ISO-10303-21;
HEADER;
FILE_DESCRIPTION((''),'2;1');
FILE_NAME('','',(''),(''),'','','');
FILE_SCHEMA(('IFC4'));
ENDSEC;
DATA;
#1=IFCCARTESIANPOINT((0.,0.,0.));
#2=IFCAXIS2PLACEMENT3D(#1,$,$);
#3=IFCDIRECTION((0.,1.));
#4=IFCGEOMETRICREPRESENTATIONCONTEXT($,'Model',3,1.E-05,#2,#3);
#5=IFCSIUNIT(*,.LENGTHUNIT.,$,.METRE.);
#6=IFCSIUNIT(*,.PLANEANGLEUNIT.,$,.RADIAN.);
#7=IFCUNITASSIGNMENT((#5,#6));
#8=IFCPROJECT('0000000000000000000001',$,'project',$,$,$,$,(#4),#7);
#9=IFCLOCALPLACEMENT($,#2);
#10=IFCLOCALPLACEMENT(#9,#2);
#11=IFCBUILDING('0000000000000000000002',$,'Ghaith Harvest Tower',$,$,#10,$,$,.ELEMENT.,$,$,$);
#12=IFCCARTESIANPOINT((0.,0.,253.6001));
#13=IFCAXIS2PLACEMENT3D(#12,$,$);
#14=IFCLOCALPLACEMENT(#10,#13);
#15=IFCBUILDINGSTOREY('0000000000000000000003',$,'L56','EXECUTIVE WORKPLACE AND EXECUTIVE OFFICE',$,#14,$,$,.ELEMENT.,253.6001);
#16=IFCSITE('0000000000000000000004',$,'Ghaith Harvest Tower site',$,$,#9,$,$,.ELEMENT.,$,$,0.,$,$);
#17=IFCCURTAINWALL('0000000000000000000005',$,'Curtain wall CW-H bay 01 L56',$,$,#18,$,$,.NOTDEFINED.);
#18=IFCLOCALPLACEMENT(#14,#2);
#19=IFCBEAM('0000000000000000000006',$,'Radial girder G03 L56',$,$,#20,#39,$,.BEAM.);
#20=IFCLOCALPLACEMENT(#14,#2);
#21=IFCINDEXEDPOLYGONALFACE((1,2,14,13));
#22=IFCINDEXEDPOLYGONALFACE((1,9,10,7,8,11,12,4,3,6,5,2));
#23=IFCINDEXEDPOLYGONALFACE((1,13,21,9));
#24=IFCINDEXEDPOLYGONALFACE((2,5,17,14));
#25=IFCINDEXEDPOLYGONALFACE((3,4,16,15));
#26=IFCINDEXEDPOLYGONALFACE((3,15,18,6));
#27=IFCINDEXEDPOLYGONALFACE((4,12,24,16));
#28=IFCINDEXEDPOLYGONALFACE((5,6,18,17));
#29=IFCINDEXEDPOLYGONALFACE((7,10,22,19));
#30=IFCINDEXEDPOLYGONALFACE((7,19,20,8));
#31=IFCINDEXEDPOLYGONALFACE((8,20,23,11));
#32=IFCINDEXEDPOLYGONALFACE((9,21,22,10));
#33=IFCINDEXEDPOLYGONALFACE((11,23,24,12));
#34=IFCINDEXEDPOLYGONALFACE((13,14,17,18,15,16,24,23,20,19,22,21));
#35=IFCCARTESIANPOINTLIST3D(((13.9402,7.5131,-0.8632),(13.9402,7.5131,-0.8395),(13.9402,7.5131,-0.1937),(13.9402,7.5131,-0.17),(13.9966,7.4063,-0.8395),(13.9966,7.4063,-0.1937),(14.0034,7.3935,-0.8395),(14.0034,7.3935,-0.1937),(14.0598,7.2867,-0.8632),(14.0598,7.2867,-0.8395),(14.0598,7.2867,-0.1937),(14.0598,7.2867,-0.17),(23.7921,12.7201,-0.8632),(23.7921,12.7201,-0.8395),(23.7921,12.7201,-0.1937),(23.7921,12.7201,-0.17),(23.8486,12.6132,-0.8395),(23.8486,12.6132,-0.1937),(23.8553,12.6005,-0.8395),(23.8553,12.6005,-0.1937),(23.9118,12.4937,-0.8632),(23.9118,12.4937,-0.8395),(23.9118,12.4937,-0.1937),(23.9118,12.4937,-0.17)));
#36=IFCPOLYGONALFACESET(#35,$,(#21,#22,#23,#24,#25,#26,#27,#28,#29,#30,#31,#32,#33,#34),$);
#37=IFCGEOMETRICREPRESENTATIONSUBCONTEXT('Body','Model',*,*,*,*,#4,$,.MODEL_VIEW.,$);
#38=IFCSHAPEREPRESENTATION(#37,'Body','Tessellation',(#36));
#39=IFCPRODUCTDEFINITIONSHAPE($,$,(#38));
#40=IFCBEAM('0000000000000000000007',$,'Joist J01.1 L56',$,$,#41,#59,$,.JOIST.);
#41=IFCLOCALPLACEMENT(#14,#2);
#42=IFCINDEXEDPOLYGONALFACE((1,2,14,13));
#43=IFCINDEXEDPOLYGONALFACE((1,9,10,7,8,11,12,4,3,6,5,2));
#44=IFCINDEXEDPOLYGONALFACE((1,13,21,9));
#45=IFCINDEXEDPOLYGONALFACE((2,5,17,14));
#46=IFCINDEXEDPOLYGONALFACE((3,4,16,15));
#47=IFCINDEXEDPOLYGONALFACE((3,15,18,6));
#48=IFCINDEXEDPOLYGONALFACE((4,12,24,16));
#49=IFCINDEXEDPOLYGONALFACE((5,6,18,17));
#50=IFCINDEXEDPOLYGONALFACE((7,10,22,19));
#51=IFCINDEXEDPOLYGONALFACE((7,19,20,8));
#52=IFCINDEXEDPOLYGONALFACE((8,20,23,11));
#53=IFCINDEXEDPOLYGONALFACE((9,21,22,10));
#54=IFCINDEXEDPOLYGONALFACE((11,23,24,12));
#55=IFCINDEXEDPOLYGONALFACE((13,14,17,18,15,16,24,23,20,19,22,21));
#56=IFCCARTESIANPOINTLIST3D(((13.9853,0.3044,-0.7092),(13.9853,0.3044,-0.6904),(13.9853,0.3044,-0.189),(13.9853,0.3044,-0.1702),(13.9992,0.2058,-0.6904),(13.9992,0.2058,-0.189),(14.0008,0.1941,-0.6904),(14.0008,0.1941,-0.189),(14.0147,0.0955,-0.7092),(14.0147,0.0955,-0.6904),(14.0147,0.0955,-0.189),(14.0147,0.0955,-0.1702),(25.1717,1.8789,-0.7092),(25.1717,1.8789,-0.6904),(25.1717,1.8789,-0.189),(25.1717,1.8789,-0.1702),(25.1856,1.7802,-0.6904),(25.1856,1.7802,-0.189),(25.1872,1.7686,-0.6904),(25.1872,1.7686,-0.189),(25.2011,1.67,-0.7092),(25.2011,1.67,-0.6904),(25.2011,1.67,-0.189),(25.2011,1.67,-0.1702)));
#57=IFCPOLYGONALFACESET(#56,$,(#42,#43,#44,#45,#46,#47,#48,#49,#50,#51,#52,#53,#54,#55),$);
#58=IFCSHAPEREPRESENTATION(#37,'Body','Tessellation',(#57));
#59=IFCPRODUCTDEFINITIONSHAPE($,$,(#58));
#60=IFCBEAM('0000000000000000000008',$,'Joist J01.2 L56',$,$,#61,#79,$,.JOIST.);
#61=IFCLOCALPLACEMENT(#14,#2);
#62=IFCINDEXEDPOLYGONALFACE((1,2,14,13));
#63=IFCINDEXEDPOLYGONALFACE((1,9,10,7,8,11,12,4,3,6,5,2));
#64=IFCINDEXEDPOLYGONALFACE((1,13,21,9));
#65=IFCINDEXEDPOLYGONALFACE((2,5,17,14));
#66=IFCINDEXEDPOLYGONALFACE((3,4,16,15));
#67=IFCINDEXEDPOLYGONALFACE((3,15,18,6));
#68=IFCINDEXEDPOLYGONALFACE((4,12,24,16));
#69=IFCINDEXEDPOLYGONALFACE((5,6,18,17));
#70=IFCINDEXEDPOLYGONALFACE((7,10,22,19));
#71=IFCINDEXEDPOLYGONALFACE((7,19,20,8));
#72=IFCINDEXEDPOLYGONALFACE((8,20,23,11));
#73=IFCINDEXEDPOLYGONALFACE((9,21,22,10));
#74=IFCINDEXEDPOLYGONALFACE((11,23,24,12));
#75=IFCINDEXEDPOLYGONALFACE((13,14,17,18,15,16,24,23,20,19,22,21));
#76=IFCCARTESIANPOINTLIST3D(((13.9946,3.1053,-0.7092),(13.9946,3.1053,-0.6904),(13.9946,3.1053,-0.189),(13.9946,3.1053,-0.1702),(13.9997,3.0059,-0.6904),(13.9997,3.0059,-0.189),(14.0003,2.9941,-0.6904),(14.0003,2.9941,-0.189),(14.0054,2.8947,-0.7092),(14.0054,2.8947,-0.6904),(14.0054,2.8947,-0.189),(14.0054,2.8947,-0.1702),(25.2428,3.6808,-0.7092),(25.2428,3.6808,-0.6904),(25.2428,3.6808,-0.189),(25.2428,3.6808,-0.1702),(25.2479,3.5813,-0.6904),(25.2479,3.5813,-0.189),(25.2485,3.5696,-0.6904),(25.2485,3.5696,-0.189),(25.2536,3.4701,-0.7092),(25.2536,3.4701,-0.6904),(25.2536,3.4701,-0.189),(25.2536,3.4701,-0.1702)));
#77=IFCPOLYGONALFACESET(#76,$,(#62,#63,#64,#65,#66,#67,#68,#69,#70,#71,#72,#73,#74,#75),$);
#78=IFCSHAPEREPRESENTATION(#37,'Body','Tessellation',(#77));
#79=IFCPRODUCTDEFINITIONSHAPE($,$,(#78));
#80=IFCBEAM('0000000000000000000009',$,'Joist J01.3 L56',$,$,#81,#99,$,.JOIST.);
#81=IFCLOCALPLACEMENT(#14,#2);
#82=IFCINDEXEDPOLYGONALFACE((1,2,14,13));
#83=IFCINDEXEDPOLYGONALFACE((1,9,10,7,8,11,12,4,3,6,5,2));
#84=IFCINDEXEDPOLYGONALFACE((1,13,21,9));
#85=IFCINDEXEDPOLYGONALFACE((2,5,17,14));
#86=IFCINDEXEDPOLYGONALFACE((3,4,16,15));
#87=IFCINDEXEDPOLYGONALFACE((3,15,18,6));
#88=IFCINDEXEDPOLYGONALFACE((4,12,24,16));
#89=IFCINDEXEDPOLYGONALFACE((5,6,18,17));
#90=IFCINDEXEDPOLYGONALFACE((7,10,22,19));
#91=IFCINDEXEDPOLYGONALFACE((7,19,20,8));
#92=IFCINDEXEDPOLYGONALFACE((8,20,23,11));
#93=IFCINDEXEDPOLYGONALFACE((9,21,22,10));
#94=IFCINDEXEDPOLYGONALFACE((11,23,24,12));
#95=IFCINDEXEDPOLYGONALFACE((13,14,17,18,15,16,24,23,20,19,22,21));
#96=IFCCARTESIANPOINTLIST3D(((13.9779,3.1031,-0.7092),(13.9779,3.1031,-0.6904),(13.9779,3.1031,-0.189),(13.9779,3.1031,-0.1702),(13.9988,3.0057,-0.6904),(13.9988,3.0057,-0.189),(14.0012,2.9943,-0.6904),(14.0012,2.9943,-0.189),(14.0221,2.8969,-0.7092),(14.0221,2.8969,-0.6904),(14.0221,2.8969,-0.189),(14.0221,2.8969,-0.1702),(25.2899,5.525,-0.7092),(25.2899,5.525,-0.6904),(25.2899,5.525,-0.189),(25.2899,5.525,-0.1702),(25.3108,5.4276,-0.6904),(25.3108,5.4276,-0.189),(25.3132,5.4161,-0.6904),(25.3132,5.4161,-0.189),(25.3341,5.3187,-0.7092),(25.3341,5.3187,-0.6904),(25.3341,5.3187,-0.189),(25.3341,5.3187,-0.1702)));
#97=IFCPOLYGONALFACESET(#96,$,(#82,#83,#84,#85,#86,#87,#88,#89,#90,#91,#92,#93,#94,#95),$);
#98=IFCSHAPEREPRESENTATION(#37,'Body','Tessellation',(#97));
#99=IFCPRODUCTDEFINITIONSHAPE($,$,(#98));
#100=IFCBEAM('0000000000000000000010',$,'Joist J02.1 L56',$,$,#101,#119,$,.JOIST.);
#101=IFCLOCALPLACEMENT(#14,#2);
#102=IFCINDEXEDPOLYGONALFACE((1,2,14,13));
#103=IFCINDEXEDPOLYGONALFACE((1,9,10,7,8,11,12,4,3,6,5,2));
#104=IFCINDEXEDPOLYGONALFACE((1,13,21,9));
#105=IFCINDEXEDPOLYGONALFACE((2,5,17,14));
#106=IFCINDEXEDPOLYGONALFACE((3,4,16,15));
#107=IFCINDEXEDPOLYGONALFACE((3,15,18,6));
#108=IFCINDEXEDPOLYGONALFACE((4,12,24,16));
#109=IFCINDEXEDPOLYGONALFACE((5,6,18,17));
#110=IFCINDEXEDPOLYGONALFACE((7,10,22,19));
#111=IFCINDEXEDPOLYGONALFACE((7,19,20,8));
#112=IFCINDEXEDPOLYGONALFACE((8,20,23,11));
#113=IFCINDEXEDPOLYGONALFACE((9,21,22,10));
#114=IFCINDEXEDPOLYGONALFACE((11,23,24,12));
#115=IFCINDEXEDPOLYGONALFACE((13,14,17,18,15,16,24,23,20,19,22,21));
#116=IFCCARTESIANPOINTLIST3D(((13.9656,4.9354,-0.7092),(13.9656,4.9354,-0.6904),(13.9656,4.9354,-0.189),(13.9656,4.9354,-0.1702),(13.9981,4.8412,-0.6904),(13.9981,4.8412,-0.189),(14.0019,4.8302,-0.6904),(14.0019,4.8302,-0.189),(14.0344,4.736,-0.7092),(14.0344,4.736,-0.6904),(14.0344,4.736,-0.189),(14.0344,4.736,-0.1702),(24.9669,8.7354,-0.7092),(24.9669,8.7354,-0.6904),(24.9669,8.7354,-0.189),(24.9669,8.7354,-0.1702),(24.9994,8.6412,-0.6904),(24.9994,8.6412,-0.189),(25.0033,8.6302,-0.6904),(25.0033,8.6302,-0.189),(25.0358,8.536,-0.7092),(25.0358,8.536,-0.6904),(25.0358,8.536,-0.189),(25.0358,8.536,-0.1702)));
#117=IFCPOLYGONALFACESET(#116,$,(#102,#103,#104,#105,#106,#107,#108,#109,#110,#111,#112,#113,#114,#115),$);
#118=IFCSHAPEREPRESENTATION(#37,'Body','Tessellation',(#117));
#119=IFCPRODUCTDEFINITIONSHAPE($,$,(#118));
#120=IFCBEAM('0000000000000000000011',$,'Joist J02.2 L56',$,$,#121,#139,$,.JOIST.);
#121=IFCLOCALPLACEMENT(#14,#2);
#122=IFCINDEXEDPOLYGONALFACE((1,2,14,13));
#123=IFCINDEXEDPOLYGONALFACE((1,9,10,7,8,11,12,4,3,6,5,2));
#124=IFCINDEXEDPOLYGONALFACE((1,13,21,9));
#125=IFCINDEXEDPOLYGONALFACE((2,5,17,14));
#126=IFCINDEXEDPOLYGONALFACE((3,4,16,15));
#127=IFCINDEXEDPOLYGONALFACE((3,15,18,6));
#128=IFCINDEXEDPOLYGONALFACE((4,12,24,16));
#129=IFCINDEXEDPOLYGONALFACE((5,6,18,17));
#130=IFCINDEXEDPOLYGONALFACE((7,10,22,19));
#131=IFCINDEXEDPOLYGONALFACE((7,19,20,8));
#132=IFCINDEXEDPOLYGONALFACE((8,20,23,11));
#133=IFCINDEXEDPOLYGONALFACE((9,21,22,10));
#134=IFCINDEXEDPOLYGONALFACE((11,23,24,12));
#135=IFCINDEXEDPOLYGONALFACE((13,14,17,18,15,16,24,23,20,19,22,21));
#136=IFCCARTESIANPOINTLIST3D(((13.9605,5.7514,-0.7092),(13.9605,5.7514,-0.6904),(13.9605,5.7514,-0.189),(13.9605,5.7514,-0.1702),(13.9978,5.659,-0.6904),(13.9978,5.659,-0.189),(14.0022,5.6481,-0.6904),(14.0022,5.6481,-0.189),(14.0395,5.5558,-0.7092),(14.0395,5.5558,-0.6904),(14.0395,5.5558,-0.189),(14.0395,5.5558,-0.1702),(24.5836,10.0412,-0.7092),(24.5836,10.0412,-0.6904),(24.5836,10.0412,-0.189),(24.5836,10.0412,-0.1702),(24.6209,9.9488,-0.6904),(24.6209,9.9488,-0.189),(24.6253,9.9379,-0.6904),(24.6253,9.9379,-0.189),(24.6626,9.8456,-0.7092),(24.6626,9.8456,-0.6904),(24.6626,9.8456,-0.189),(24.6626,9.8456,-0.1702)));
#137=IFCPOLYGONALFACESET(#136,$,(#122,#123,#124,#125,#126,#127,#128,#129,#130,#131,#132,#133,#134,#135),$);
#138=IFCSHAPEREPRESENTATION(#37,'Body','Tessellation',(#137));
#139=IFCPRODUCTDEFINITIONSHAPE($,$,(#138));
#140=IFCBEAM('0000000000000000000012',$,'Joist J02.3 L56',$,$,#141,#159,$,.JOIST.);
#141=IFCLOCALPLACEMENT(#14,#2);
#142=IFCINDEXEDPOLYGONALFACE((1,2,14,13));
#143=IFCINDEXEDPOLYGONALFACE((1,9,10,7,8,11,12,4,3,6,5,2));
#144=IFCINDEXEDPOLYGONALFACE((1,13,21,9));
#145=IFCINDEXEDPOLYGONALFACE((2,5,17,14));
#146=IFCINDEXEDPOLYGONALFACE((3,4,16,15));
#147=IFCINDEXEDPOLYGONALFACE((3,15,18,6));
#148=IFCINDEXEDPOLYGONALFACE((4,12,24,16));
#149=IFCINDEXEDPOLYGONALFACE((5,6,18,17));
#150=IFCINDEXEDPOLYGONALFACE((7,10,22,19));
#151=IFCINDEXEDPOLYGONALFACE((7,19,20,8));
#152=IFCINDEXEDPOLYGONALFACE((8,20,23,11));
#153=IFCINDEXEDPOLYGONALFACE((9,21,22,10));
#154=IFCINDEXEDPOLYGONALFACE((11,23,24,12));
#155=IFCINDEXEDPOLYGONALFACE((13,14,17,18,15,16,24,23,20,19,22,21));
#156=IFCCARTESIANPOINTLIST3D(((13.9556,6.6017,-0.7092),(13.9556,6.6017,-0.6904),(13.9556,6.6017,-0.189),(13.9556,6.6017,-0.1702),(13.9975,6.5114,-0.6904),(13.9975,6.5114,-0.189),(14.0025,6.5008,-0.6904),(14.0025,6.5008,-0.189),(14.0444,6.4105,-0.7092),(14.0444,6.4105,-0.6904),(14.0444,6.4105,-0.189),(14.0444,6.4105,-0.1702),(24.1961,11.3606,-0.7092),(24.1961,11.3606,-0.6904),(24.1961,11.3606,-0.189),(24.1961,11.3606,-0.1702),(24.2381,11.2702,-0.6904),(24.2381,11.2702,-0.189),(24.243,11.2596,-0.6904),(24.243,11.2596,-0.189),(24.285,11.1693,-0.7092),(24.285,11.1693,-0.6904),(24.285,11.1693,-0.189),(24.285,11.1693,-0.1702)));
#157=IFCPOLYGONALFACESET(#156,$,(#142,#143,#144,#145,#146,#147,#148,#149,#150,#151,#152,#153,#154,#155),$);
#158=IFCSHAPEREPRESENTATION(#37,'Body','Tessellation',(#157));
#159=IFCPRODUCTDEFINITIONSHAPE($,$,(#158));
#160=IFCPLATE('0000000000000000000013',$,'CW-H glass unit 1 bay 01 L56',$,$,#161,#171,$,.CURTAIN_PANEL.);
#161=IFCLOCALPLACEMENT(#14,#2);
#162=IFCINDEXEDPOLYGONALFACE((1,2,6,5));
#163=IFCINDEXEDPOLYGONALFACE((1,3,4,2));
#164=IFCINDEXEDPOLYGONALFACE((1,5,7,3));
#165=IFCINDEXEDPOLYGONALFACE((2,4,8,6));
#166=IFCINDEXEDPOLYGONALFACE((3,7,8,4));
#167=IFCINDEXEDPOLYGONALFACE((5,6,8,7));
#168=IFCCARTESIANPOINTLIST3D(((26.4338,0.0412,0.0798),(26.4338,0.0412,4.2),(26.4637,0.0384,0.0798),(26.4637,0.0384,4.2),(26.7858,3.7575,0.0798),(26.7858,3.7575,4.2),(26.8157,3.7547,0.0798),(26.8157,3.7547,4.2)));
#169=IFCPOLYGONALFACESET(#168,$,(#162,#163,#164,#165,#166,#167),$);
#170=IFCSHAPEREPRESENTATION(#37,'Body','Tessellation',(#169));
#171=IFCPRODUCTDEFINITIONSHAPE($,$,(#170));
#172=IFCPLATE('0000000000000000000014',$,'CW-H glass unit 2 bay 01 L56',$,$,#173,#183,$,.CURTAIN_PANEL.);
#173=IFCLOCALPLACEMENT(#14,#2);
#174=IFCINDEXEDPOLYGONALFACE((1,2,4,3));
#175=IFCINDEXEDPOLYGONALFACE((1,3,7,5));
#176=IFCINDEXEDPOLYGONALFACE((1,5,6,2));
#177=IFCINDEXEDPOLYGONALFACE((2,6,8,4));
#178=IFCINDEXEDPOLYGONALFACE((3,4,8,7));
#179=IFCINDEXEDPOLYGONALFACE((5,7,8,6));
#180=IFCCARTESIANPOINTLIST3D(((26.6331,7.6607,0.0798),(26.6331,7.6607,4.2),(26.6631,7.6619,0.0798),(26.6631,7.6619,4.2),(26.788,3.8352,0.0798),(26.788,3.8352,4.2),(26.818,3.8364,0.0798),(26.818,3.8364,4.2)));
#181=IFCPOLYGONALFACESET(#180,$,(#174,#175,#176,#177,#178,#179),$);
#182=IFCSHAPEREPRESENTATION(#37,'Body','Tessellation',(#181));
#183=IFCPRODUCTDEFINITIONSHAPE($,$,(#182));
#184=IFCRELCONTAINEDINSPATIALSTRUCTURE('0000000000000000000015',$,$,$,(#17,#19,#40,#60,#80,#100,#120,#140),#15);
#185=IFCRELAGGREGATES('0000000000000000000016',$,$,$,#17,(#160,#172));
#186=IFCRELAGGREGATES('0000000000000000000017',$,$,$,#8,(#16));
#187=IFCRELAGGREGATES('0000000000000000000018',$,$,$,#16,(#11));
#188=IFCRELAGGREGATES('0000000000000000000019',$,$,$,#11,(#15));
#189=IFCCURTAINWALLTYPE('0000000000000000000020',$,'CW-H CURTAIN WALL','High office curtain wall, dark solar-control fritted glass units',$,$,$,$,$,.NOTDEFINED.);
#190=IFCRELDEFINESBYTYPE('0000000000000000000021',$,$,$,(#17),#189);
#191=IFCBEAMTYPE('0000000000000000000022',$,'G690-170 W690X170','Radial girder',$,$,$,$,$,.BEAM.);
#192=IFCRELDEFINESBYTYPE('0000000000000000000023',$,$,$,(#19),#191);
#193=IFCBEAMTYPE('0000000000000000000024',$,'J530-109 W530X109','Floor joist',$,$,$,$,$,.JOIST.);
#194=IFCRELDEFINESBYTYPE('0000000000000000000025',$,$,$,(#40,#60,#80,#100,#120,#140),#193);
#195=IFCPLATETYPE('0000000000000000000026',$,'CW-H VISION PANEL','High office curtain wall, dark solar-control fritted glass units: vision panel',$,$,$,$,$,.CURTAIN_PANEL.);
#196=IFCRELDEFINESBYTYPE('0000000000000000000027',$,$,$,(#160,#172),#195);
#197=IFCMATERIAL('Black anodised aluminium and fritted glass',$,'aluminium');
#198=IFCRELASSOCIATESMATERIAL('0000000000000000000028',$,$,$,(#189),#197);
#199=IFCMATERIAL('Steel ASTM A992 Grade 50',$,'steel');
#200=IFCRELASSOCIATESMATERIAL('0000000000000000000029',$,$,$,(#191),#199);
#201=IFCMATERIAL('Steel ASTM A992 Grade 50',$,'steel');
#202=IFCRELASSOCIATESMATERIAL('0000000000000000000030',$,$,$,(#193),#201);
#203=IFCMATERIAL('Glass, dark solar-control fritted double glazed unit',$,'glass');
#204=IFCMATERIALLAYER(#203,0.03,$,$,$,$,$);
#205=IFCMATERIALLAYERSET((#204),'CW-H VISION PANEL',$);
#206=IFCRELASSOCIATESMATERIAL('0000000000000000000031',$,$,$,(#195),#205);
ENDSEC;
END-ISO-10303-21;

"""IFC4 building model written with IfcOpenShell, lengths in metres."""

from ifc_helpers import new_model, si_unit, direction, frame, origin, origin_2d, place, context, subcontext, project, spatial, rectangle, i_section, extrude, material, layer, layer_set, material_profile, profile_set, type_object, element, aggregate, save


model = new_model("IFC4")

# Units and contexts
model_context = context("Model", 3, precision=1e-05, world=origin(), true_north=direction((0.0, 1.0)))
body_context = subcontext(model_context, "Body", "Model", "MODEL_VIEW")
ifc_project = project(units=[si_unit("LENGTHUNIT", "METRE"), si_unit("PLANEANGLEUNIT", "RADIAN")], contexts=[model_context])

# Site, building, storey
site_placement = place(None, origin())
site = spatial("IfcSite", under=ifc_project, at=site_placement, Name="Ghaith Harvest Tower site", CompositionType="ELEMENT", RefElevation=0.0)
building_placement = place(site_placement, origin())
building = spatial("IfcBuilding", under=site, at=building_placement, Name="Ghaith Harvest Tower", CompositionType="ELEMENT")
storey_placement = place(building_placement, frame((0.0, 0.0, 253.6001)))
storey = spatial("IfcBuildingStorey", under=building, at=storey_placement, Name="L56", Description="EXECUTIVE WORKPLACE AND EXECUTIVE OFFICE", CompositionType="ELEMENT", Elevation=253.6001)

# Curtain wall
ifc_material_1 = material(Name="Black anodised aluminium and fritted glass", Category="aluminium")
curtain_wall_type = type_object("IfcCurtainWallType", Name="CW-H CURTAIN WALL", Description="High office curtain wall, dark solar-control fritted glass units", PredefinedType="NOTDEFINED", material=ifc_material_1)
curtain_wall_1_placement = place(storey_placement, origin())
curtain_wall_1 = element("IfcCurtainWall", 1, at=curtain_wall_1_placement, inside=storey, type_object=curtain_wall_type, Name="Curtain wall CW-H bay 01 L56", PredefinedType="NOTDEFINED")

# Beams
ifc_material_2 = material(Name="Steel ASTM A992 Grade 50", Category="steel")
ifc_material_profile_1 = material_profile(ifc_material_2, i_section(OverallWidth=0.2561, OverallDepth=0.6931, WebThickness=0.0144, FlangeThickness=0.0237, at=origin_2d()), Name="W690X170")
ifc_profile_set_1 = profile_set([ifc_material_profile_1], Name="Steel ASTM A992 Grade 50")
beam_type_1 = type_object("IfcBeamType", Name="G690-170 W690X170", Description="Radial girder", PredefinedType="BEAM", material=ifc_profile_set_1)
beam_1_placement = place(storey_placement, frame((14.0, 7.3999, -0.5166), z_axis=(0.884113, 0.467274, 0.0), x_axis=(-0.467274, 0.884113, 0.0)))
element("IfcBeam", 2, at=beam_1_placement, inside=storey, type_object=beam_type_1, Name="Radial girder G03 L56", PredefinedType="BEAM", context=body_context, shape_type="SweptSolid", body=[
    extrude(i_section(OverallWidth=0.2561, OverallDepth=0.6931, WebThickness=0.0144, FlangeThickness=0.0237, at=origin_2d()), origin(), (0.0, 0.0, 1.0), 11.1433),
])
ifc_material_3 = material(Name="Steel ASTM A992 Grade 50", Category="steel")
ifc_material_profile_2 = material_profile(ifc_material_3, i_section(OverallWidth=0.2109, OverallDepth=0.5391, WebThickness=0.0117, FlangeThickness=0.0188, at=origin_2d()), Name="W530X109")
ifc_profile_set_2 = profile_set([ifc_material_profile_2], Name="Steel ASTM A992 Grade 50")
beam_type_2 = type_object("IfcBeamType", Name="J530-109 W530X109", Description="Floor joist", PredefinedType="JOIST", material=ifc_profile_set_2)
beam_2_placement = place(storey_placement, frame((14.0, 0.2, -0.4397), z_axis=(0.99024, 0.139376, 0.0), x_axis=(-0.139376, 0.99024, 0.0)))
element("IfcBeam", 3, at=beam_2_placement, inside=storey, type_object=beam_type_2, Name="Joist J01.1 L56", PredefinedType="JOIST", context=body_context, shape_type="SweptSolid", body=[
    extrude(i_section(OverallWidth=0.2109, OverallDepth=0.5391, WebThickness=0.0117, FlangeThickness=0.0188, at=origin_2d()), origin(), (0.0, 0.0, 1.0), 11.2966),
])
beam_3_placement = place(storey_placement, frame((14.0, 3.0, -0.4397), z_axis=(0.998694, 0.051091, 0.0), x_axis=(-0.051091, 0.998694, 0.0)))
element("IfcBeam", 4, at=beam_3_placement, inside=storey, type_object=beam_type_2, Name="Joist J01.2 L56", PredefinedType="JOIST", context=body_context, shape_type="SweptSolid", body=[
    extrude(i_section(OverallWidth=0.2109, OverallDepth=0.5391, WebThickness=0.0117, FlangeThickness=0.0188, at=origin_2d()), origin(), (0.0, 0.0, 1.0), 11.2629),
])
beam_4_placement = place(storey_placement, frame((14.0, 3.0, -0.4397), z_axis=(0.97784, 0.209353, 0.0), x_axis=(-0.209353, 0.97784, 0.0)))
element("IfcBeam", 5, at=beam_4_placement, inside=storey, type_object=beam_type_2, Name="Joist J01.3 L56", PredefinedType="JOIST", context=body_context, shape_type="SweptSolid", body=[
    extrude(i_section(OverallWidth=0.2109, OverallDepth=0.5391, WebThickness=0.0117, FlangeThickness=0.0188, at=origin_2d()), origin(), (0.0, 0.0, 1.0), 11.5684),
])
beam_5_placement = place(storey_placement, frame((14.0, 4.8357, -0.4397), z_axis=(0.945202, 0.326485, 0.0), x_axis=(-0.326485, 0.945202, 0.0)))
element("IfcBeam", 6, at=beam_5_placement, inside=storey, type_object=beam_type_2, Name="Joist J02.1 L56", PredefinedType="JOIST", context=body_context, shape_type="SweptSolid", body=[
    extrude(i_section(OverallWidth=0.2109, OverallDepth=0.5391, WebThickness=0.0117, FlangeThickness=0.0188, at=origin_2d()), origin(), (0.0, 0.0, 1.0), 11.6392),
])
beam_6_placement = place(storey_placement, frame((14.0, 5.6536, -0.4397), z_axis=(0.92725, 0.374442, 0.0), x_axis=(-0.374442, 0.92725, 0.0)))
element("IfcBeam", 7, at=beam_6_placement, inside=storey, type_object=beam_type_2, Name="Joist J02.2 L56", PredefinedType="JOIST", context=body_context, shape_type="SweptSolid", body=[
    extrude(i_section(OverallWidth=0.2109, OverallDepth=0.5391, WebThickness=0.0117, FlangeThickness=0.0188, at=origin_2d()), origin(), (0.0, 0.0, 1.0), 11.4565),
])
beam_7_placement = place(storey_placement, frame((14.0, 6.5061, -0.4397), z_axis=(0.906864, 0.421423, 0.0), x_axis=(-0.421423, 0.906864, 0.0)))
element("IfcBeam", 8, at=beam_7_placement, inside=storey, type_object=beam_type_2, Name="Joist J02.3 L56", PredefinedType="JOIST", context=body_context, shape_type="SweptSolid", body=[
    extrude(i_section(OverallWidth=0.2109, OverallDepth=0.5391, WebThickness=0.0117, FlangeThickness=0.0188, at=origin_2d()), origin(), (0.0, 0.0, 1.0), 11.2922),
])

# Plates
ifc_material_4 = material(Name="Glass, dark solar-control fritted double glazed unit", Category="glass")
ifc_layer_1 = layer(ifc_material_4, 0.03)
ifc_layer_set_1 = layer_set([ifc_layer_1], Name="CW-H VISION PANEL")
plate_type_1 = type_object("IfcPlateType", Name="CW-H VISION PANEL", Description="High office curtain wall, dark solar-control fritted glass units: vision panel", PredefinedType="CURTAIN_PANEL", material=ifc_layer_set_1)
plate_1_placement = place(storey_placement, frame((26.6248, 1.8979, 0.0798), z_axis=(0.0, 0.0, 1.0), x_axis=(0.094302, 0.995544, 0.0)))
plate_1 = element("IfcPlate", 9, at=plate_1_placement, type_object=plate_type_1, Name="CW-H glass unit 1 bay 01 L56", PredefinedType="CURTAIN_PANEL", context=body_context, shape_type="SweptSolid", body=[
    extrude(rectangle(XDim=3.7329, YDim=0.03, at=origin_2d()), origin(), (0.0, 0.0, 1.0), 4.1201),
])
plate_2_placement = place(storey_placement, frame((26.7256, 5.7485, 0.0798), z_axis=(0.0, 0.0, 1.0), x_axis=(-0.040462, 0.999181, 0.0)))
plate_2 = element("IfcPlate", 10, at=plate_2_placement, type_object=plate_type_1, Name="CW-H glass unit 2 bay 01 L56", PredefinedType="CURTAIN_PANEL", context=body_context, shape_type="SweptSolid", body=[
    extrude(rectangle(XDim=3.8286, YDim=0.03, at=origin_2d()), origin(), (0.0, 0.0, 1.0), 4.1201),
])
aggregate(curtain_wall_1, [plate_1, plate_2])

save(model, "model.ifc")
